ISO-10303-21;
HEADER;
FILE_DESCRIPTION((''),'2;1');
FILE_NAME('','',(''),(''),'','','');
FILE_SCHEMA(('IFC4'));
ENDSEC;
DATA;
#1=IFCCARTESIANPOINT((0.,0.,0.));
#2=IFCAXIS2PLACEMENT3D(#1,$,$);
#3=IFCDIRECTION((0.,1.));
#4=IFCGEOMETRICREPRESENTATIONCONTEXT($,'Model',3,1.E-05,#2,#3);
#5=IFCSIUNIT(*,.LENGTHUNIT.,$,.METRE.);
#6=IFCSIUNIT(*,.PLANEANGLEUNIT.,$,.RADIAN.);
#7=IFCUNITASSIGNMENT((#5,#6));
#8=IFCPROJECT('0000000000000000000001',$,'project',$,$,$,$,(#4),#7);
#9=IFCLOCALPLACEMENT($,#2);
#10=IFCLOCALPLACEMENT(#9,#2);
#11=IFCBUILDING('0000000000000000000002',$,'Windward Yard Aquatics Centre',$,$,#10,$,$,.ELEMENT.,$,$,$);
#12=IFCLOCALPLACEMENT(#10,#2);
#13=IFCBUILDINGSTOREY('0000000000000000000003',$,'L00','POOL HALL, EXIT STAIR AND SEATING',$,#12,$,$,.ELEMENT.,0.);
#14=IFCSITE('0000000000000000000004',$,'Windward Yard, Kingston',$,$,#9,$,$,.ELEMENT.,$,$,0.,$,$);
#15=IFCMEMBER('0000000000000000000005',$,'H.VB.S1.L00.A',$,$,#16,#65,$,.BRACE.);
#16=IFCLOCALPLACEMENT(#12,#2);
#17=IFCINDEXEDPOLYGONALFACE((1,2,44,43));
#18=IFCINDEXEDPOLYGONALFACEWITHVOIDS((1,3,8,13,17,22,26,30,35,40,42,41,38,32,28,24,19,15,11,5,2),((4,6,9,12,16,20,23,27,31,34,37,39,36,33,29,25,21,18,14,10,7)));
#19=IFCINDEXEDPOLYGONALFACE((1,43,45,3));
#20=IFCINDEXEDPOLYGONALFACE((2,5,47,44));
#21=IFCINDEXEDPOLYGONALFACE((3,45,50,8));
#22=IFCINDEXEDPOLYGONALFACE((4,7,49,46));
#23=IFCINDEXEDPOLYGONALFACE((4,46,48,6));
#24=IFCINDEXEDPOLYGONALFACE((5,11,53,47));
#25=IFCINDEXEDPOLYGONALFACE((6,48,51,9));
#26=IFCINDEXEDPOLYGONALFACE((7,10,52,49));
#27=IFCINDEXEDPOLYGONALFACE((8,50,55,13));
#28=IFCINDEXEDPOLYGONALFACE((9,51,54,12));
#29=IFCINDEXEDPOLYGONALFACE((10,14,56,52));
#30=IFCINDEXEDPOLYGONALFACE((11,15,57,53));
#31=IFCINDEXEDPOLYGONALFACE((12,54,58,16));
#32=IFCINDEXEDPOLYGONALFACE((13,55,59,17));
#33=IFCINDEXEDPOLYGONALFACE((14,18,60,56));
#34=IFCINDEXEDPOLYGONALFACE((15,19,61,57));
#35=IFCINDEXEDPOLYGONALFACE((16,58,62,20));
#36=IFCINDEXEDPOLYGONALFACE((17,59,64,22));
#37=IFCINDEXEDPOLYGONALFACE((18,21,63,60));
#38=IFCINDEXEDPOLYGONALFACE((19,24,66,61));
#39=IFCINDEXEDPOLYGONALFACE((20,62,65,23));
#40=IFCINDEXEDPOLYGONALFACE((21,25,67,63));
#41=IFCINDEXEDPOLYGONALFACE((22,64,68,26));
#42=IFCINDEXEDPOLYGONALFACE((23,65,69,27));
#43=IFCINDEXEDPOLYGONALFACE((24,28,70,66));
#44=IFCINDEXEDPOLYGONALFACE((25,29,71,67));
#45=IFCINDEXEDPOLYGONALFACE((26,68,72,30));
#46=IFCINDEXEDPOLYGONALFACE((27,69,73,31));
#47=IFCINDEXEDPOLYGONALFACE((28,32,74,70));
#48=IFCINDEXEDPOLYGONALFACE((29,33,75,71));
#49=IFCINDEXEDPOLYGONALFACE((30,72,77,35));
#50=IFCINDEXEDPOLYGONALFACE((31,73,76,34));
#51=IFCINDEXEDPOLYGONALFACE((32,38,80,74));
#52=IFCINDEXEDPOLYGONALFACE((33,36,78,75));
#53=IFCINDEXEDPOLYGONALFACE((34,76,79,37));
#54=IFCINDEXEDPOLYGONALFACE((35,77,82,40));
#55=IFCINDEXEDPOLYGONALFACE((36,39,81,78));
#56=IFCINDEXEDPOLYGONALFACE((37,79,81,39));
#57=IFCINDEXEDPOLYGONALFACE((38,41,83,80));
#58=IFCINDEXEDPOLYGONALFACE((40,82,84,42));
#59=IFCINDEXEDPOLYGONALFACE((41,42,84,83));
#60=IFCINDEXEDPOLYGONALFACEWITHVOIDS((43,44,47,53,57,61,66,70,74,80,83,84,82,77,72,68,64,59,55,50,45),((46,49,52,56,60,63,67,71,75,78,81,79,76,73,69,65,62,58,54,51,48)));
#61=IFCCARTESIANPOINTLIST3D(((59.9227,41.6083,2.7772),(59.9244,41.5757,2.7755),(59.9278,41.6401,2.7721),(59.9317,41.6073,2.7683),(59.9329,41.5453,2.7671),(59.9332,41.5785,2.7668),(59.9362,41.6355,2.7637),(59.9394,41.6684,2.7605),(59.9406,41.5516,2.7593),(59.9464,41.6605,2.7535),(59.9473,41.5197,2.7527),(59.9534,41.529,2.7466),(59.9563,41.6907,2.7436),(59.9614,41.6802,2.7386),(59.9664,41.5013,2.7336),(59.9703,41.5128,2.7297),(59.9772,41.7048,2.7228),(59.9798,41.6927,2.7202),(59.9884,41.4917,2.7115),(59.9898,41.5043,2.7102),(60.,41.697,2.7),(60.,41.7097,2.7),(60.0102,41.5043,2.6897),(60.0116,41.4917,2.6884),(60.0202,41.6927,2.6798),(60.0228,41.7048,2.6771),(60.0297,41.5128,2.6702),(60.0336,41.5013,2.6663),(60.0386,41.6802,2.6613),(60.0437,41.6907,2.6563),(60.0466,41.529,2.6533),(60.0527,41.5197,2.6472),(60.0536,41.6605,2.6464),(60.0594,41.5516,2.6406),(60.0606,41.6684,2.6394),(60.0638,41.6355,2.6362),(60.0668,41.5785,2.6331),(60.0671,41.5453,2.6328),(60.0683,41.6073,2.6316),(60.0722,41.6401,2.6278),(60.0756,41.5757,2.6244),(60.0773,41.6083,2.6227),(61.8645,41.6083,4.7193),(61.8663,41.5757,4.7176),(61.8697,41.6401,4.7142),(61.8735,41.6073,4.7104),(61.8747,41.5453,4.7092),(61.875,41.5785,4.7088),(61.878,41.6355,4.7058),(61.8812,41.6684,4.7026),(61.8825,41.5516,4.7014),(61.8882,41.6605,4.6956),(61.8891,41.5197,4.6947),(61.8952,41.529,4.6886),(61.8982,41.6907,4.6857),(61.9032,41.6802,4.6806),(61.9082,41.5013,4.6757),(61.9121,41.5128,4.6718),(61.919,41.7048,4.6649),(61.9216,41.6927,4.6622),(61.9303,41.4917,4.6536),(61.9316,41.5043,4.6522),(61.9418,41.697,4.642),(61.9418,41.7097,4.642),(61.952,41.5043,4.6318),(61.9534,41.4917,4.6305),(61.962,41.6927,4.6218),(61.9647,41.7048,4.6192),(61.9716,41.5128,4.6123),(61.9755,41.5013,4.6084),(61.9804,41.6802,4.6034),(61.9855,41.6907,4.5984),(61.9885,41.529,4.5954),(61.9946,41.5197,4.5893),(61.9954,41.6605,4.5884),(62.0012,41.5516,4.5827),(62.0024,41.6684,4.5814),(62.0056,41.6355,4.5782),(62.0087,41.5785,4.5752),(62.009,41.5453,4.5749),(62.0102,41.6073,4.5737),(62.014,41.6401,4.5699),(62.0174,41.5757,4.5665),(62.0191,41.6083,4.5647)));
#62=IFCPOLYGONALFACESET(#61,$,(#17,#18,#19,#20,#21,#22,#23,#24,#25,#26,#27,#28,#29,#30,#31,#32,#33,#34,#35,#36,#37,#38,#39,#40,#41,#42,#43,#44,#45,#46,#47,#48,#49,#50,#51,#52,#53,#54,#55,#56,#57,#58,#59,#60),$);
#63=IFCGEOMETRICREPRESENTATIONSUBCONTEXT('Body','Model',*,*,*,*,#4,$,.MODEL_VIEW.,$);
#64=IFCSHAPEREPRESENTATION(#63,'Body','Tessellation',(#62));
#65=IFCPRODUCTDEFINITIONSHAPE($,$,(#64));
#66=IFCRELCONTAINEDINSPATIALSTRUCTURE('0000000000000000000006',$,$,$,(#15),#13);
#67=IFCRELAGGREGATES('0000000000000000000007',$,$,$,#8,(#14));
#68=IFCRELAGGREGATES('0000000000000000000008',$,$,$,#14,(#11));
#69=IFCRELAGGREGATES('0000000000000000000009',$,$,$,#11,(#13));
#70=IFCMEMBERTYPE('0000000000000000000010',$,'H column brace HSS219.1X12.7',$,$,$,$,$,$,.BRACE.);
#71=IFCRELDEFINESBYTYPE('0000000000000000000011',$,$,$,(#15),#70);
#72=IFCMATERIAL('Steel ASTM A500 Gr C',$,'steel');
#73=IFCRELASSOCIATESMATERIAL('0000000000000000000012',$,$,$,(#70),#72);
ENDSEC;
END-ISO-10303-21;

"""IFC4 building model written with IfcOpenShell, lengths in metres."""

from ifc_helpers import new_model, si_unit, direction, frame, origin, origin_2d, place, context, subcontext, project, spatial, hollow_circle, extrude, material, material_profile, profile_set, type_object, element, save


model = new_model("IFC4")

# Units and contexts
model_context = context("Model", 3, precision=1e-05, world=origin(), true_north=direction((0.0, 1.0)))
body_context = subcontext(model_context, "Body", "Model", "MODEL_VIEW")
ifc_project = project(units=[si_unit("LENGTHUNIT", "METRE"), si_unit("PLANEANGLEUNIT", "RADIAN")], contexts=[model_context])

# Site, building, storey
site_placement = place(None, origin())
site = spatial("IfcSite", under=ifc_project, at=site_placement, Name="Windward Yard, Kingston", CompositionType="ELEMENT", RefElevation=0.0)
building_placement = place(site_placement, origin())
building = spatial("IfcBuilding", under=site, at=building_placement, Name="Windward Yard Aquatics Centre", CompositionType="ELEMENT")
storey_placement = place(building_placement, origin())
storey = spatial("IfcBuildingStorey", under=building, at=storey_placement, Name="L00", Description="POOL HALL, EXIT STAIR AND SEATING", CompositionType="ELEMENT", Elevation=0.0)

# Shared definitions
ifc_material_1 = material(Name="Steel ASTM A500 Gr C", Category="steel")

# Member
ifc_material_profile_1 = material_profile(ifc_material_1, hollow_circle(Radius=0.1096, WallThickness=0.0127, at=origin_2d()), Name="HSS219.1X12.7")
ifc_profile_set_1 = profile_set([ifc_material_profile_1], Name="Steel ASTM A500 Gr C")
member_type = type_object("IfcMemberType", Name="H column brace HSS219.1X12.7", PredefinedType="BRACE", material=ifc_profile_set_1)
member_placement = place(storey_placement, frame((60.0, 41.6001, 2.7), z_axis=(0.707062, 0.0, 0.707151), x_axis=(0.0, 1.0, 0.0)))
element("IfcMember", 1, at=member_placement, inside=storey, type_object=member_type, Name="H.VB.S1.L00.A", PredefinedType="BRACE", context=body_context, shape_type="SweptSolid", body=[
    extrude(hollow_circle(Radius=0.1096, WallThickness=0.0127, at=origin_2d()), origin(), (0.0, 0.0, 1.0), 2.7463),
])

save(model, "model.ifc")
